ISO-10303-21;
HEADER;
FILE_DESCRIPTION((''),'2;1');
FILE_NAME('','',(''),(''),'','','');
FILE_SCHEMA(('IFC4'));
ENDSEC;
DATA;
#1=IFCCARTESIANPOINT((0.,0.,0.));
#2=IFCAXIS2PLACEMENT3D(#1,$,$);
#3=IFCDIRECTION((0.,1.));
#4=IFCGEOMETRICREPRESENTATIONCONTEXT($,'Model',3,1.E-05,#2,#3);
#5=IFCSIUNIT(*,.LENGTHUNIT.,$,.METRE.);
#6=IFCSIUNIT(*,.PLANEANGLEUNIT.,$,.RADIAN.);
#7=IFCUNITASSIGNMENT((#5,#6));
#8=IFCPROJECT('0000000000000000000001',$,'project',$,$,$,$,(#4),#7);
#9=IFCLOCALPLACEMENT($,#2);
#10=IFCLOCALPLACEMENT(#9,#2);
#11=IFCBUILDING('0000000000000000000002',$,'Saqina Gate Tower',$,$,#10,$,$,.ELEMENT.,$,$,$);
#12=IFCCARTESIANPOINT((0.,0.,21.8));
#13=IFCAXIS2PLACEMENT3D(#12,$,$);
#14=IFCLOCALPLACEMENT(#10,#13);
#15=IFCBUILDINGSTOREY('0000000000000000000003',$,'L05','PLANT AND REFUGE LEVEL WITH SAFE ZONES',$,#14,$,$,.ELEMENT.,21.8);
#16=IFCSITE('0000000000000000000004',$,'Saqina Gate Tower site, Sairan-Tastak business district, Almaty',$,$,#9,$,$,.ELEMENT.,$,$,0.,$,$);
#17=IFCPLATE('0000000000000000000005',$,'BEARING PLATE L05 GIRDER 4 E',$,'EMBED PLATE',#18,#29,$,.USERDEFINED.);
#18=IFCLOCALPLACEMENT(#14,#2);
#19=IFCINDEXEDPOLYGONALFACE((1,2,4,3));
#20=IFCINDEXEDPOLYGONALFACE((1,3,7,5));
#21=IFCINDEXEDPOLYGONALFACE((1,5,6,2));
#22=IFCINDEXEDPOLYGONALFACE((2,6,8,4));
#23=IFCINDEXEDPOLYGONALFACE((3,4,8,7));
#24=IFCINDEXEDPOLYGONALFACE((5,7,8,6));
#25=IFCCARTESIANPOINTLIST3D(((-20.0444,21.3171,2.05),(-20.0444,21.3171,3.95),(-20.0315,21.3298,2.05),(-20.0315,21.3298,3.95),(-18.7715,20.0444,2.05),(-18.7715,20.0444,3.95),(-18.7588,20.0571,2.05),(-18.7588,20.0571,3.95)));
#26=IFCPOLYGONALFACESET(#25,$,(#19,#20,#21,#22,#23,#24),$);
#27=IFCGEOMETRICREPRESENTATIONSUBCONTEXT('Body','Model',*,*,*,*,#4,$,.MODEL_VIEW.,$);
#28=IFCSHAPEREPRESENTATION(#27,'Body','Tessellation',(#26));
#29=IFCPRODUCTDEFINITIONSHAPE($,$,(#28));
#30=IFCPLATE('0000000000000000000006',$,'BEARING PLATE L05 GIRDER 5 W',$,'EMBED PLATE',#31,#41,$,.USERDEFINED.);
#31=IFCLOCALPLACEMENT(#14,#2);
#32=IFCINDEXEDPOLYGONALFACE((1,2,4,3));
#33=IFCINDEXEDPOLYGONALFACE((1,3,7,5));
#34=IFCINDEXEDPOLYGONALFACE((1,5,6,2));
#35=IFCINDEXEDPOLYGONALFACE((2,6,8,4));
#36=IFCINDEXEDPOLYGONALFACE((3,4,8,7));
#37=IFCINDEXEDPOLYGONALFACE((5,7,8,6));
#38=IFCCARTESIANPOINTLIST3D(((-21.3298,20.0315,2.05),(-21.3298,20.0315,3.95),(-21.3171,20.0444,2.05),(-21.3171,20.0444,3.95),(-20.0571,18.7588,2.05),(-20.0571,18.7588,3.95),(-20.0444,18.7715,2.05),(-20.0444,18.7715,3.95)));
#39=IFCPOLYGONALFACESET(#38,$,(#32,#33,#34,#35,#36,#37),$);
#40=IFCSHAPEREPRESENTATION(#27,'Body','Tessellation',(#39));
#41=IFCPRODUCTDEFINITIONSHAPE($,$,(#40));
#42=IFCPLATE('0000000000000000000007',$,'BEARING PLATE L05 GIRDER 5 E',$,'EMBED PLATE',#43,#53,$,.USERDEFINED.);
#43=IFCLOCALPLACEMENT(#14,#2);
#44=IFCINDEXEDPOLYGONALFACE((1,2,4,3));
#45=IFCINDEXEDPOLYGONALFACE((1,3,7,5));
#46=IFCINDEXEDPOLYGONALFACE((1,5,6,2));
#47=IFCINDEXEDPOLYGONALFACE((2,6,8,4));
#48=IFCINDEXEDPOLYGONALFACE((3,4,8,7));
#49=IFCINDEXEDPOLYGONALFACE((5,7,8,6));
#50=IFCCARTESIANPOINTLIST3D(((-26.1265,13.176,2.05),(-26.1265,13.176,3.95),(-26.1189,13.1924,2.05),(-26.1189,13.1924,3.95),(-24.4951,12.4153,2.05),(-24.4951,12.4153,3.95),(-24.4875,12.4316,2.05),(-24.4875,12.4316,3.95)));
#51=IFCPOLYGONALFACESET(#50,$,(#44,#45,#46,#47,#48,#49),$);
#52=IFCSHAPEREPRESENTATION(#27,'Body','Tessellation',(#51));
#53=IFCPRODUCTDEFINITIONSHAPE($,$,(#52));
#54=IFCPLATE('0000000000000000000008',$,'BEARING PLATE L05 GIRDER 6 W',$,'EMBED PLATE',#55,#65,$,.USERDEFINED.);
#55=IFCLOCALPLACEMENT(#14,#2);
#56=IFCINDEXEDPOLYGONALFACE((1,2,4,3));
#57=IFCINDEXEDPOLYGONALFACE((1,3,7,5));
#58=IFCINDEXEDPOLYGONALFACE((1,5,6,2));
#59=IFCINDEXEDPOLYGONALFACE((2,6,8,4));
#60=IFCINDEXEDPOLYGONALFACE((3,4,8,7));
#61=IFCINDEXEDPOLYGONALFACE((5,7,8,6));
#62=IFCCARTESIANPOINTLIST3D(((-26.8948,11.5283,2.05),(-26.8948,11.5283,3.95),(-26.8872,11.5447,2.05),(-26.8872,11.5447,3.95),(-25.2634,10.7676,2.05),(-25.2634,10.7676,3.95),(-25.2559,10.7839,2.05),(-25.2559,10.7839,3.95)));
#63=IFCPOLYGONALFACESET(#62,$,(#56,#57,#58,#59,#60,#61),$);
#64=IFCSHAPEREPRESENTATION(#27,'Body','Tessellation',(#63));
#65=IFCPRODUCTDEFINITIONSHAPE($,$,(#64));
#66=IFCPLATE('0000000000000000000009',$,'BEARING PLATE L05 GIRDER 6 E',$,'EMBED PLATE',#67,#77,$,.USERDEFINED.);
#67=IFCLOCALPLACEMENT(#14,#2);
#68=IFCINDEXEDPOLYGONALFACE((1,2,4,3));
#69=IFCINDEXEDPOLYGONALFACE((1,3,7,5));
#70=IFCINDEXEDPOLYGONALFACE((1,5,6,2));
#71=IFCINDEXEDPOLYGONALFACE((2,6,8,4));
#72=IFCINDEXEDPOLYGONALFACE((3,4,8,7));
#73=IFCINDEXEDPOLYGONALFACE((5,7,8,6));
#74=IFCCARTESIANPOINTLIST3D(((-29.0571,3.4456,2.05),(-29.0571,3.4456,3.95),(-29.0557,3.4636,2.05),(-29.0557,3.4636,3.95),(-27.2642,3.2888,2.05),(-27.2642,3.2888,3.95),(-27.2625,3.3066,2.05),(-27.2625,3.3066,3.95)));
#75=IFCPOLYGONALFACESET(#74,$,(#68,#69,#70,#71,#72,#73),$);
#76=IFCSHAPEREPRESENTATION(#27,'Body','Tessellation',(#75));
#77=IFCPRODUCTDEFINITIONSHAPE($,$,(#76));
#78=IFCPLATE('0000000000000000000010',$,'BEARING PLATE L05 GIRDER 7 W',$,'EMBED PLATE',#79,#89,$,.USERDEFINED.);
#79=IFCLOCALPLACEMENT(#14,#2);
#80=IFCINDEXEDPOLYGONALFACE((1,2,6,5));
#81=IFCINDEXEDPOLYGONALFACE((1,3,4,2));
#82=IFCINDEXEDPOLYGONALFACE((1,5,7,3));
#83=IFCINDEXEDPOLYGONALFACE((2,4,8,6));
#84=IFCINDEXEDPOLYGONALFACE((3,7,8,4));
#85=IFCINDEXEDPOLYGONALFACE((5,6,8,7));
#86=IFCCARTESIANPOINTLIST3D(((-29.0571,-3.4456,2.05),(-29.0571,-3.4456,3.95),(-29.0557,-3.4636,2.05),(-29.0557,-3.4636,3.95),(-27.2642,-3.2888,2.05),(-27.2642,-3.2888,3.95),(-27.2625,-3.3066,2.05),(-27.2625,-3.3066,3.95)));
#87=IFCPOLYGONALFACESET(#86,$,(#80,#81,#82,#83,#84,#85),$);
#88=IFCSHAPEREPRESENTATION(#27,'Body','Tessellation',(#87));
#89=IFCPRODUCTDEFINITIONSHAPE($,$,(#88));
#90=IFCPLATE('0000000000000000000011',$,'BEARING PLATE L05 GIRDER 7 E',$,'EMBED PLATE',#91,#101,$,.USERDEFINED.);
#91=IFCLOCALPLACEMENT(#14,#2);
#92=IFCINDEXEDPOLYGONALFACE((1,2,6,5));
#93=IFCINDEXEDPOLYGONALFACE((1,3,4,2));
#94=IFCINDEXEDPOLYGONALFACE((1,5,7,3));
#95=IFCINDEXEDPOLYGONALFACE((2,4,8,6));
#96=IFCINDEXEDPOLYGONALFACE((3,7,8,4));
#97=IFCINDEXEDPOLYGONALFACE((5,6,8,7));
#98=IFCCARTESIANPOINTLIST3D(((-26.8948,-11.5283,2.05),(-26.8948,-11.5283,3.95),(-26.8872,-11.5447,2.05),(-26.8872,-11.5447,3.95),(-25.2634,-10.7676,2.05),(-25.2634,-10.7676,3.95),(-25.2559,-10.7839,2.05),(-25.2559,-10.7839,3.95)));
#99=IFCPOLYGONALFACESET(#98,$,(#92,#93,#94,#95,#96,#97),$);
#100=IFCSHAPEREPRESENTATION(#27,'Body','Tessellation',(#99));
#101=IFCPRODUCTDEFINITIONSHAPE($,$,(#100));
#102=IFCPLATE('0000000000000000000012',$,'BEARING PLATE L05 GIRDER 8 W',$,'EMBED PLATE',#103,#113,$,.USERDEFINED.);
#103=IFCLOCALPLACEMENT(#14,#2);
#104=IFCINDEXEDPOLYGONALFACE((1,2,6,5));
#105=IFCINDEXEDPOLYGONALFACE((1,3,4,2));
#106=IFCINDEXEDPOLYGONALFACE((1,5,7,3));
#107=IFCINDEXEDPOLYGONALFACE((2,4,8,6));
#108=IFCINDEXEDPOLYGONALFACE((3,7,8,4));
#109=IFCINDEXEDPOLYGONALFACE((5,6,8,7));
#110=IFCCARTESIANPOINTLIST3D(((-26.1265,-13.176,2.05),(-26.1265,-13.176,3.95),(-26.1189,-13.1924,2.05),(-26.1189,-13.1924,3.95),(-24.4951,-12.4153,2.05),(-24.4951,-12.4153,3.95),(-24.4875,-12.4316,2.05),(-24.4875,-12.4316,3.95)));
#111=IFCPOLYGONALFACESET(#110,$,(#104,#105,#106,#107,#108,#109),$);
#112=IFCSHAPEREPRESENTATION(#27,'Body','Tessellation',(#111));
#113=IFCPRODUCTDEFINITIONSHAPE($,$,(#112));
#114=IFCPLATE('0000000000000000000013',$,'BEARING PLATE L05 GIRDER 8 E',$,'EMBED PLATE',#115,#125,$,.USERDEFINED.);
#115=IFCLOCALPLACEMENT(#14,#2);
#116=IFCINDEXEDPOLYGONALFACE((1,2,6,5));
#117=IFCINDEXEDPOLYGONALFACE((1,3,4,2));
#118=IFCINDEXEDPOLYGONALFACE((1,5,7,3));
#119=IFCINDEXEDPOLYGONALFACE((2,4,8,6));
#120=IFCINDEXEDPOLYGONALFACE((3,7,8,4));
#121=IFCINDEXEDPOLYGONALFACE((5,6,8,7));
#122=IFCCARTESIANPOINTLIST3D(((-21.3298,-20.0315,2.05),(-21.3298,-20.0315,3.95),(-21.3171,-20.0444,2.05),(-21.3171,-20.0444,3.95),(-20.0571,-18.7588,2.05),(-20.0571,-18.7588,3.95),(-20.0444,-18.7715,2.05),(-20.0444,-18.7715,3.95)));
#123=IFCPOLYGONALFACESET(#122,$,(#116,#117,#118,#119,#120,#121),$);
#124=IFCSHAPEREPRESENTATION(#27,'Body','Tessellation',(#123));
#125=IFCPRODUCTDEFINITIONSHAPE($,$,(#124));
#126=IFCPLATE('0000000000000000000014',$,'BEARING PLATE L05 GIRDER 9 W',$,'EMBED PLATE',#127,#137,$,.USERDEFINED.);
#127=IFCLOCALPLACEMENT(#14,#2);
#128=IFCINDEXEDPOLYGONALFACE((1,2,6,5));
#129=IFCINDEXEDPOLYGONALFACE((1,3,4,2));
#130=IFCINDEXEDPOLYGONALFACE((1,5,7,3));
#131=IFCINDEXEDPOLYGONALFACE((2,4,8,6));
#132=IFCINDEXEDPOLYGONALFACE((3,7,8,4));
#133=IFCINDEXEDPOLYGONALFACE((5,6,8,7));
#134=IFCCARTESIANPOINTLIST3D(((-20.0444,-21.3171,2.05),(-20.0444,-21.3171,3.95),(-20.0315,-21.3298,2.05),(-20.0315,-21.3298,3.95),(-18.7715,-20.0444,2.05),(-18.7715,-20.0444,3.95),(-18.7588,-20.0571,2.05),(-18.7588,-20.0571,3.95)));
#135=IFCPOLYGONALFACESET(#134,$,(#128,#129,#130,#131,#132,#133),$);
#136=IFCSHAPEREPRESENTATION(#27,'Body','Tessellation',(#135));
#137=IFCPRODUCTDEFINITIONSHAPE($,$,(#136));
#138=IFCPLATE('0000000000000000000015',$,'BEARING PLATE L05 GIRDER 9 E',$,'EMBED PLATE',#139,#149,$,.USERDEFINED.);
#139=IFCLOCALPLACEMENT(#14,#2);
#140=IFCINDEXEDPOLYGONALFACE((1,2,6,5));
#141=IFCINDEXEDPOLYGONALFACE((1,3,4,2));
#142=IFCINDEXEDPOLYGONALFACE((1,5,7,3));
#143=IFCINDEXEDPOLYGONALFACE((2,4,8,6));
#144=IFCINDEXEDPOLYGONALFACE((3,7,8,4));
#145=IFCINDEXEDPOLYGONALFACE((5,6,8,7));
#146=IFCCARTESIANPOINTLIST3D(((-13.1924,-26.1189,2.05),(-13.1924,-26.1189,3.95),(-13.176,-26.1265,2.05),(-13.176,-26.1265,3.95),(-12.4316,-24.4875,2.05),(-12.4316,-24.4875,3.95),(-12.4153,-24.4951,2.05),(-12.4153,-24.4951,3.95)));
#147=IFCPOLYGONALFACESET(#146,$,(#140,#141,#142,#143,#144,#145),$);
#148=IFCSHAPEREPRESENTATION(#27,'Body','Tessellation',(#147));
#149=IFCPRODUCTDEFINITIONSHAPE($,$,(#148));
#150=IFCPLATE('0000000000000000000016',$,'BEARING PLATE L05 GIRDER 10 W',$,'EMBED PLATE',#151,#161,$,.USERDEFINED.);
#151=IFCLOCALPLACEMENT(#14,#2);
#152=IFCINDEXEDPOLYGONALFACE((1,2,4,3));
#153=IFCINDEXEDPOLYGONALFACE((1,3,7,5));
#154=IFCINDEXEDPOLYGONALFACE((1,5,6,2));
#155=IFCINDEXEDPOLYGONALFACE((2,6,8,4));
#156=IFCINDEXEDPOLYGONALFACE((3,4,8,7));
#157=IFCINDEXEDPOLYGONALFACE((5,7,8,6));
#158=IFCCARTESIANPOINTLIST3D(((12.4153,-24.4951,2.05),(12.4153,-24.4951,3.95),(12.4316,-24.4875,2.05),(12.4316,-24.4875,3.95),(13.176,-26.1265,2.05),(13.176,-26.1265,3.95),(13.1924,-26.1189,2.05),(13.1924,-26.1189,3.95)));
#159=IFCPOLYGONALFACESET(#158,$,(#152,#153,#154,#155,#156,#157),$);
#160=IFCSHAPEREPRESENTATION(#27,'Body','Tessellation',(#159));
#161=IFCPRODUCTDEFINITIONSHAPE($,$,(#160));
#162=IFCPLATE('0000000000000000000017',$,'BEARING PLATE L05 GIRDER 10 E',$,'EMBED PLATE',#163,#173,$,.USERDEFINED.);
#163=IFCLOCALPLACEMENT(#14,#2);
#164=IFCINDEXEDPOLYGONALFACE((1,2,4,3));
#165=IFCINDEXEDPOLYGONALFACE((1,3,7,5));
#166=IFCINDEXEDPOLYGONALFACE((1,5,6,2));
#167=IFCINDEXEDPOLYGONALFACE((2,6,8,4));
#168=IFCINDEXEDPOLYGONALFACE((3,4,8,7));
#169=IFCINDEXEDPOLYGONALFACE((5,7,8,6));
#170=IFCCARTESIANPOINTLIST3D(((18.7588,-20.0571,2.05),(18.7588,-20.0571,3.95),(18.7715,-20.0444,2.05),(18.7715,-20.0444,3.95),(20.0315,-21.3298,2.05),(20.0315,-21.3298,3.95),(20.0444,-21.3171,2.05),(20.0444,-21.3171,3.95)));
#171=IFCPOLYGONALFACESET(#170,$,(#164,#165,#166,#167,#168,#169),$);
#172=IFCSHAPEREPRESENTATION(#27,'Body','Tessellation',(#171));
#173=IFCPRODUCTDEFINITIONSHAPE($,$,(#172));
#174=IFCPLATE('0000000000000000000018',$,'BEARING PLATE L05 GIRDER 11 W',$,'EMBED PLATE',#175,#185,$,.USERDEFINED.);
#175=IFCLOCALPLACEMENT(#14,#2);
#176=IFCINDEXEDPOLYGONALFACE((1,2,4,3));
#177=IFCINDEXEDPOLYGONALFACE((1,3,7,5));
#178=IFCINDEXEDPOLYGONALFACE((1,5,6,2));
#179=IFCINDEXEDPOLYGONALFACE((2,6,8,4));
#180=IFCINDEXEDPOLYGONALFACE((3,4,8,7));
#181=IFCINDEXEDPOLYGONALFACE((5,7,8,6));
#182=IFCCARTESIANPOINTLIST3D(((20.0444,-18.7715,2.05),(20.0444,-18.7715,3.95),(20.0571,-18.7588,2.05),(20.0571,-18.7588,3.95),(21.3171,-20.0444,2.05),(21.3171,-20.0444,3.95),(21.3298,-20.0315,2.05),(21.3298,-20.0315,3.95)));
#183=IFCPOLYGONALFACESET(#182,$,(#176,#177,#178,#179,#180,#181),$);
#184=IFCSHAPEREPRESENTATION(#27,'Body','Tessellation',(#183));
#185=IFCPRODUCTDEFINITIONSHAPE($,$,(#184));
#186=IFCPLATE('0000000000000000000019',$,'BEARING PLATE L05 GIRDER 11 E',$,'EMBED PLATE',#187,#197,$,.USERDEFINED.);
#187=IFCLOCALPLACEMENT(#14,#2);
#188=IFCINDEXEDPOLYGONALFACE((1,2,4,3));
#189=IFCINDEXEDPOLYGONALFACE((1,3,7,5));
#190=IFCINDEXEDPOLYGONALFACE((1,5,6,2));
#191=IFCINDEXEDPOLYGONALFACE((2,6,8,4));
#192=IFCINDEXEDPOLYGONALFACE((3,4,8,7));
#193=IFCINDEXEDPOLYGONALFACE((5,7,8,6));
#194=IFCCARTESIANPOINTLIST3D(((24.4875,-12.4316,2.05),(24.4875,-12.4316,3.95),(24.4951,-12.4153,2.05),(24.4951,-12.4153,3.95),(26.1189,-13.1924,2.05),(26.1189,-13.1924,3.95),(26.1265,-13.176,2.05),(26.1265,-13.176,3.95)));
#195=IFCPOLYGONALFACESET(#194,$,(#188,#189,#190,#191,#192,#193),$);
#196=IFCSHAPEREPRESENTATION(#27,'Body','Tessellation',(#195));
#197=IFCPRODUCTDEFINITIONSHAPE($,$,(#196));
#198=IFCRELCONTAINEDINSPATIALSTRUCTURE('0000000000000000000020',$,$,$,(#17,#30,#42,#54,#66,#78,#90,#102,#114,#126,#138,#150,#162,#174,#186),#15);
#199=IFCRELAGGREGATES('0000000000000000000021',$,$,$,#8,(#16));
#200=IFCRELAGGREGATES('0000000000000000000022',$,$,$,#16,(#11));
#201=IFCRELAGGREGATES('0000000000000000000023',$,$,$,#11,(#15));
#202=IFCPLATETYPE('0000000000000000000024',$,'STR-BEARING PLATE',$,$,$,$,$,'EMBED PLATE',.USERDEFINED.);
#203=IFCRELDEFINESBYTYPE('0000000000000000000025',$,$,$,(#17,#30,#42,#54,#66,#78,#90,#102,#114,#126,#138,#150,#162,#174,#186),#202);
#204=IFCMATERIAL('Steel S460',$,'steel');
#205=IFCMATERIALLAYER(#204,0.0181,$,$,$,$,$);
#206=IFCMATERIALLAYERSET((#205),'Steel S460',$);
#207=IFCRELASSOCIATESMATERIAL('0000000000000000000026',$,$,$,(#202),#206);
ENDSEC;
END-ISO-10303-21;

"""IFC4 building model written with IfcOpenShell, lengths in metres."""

from ifc_helpers import new_model, si_unit, direction, frame, origin, place, context, subcontext, project, spatial, polyline, outline, extrude, material, layer, layer_set, type_object, element, save


model = new_model("IFC4")

# Units and contexts
model_context = context("Model", 3, precision=1e-05, world=origin(), true_north=direction((0.0, 1.0)))
body_context = subcontext(model_context, "Body", "Model", "MODEL_VIEW")
ifc_project = project(units=[si_unit("LENGTHUNIT", "METRE"), si_unit("PLANEANGLEUNIT", "RADIAN")], contexts=[model_context])

# Site, building, storey
site_placement = place(None, origin())
site = spatial("IfcSite", under=ifc_project, at=site_placement, Name="Saqina Gate Tower site, Sairan-Tastak business district, Almaty", CompositionType="ELEMENT", RefElevation=0.0)
building_placement = place(site_placement, origin())
building = spatial("IfcBuilding", under=site, at=building_placement, Name="Saqina Gate Tower", CompositionType="ELEMENT")
storey_placement = place(building_placement, frame((0.0, 0.0, 21.8)))
storey = spatial("IfcBuildingStorey", under=building, at=storey_placement, Name="L05", Description="PLANT AND REFUGE LEVEL WITH SAFE ZONES", CompositionType="ELEMENT", Elevation=21.8)

# Plates
ifc_material_1 = material(Name="Steel S460", Category="steel")
ifc_layer_1 = layer(ifc_material_1, 0.0181)
ifc_layer_set_1 = layer_set([ifc_layer_1], Name="Steel S460")
plate_type = type_object("IfcPlateType", Name="STR-BEARING PLATE", ElementType="EMBED PLATE", PredefinedType="USERDEFINED", material=ifc_layer_set_1)
plate_1_placement = place(storey_placement, frame((0.0, 0.0, 2.05)))
element("IfcPlate", 1, at=plate_1_placement, inside=storey, type_object=plate_type, Name="BEARING PLATE L05 GIRDER 4 E", ObjectType="EMBED PLATE", PredefinedType="USERDEFINED", context=body_context, shape_type="SweptSolid", body=[
    extrude(outline(polyline([(-18.7588, 20.0571), (-20.0315, 21.3298), (-20.0444, 21.3171), (-18.7715, 20.0444), (-18.7588, 20.0571)])), origin(), (0.0, 0.0, 1.0), 1.8999),
])
plate_2_placement = place(storey_placement, frame((0.0, 0.0, 2.05)))
element("IfcPlate", 2, at=plate_2_placement, inside=storey, type_object=plate_type, Name="BEARING PLATE L05 GIRDER 5 W", ObjectType="EMBED PLATE", PredefinedType="USERDEFINED", context=body_context, shape_type="SweptSolid", body=[
    extrude(outline(polyline([(-21.3298, 20.0315), (-20.0571, 18.7588), (-20.0444, 18.7715), (-21.3171, 20.0444), (-21.3298, 20.0315)])), origin(), (0.0, 0.0, 1.0), 1.8999),
])
plate_3_placement = place(storey_placement, frame((0.0, 0.0, 2.05)))
element("IfcPlate", 3, at=plate_3_placement, inside=storey, type_object=plate_type, Name="BEARING PLATE L05 GIRDER 5 E", ObjectType="EMBED PLATE", PredefinedType="USERDEFINED", context=body_context, shape_type="SweptSolid", body=[
    extrude(outline(polyline([(-24.4875, 12.4316), (-26.1189, 13.1924), (-26.1265, 13.176), (-24.4951, 12.4153), (-24.4875, 12.4316)])), origin(), (0.0, 0.0, 1.0), 1.8999),
])
plate_4_placement = place(storey_placement, frame((0.0, 0.0, 2.05)))
element("IfcPlate", 4, at=plate_4_placement, inside=storey, type_object=plate_type, Name="BEARING PLATE L05 GIRDER 6 W", ObjectType="EMBED PLATE", PredefinedType="USERDEFINED", context=body_context, shape_type="SweptSolid", body=[
    extrude(outline(polyline([(-26.8948, 11.5283), (-25.2634, 10.7676), (-25.2559, 10.7839), (-26.8872, 11.5447), (-26.8948, 11.5283)])), origin(), (0.0, 0.0, 1.0), 1.8999),
])
plate_5_placement = place(storey_placement, frame((0.0, 0.0, 2.05)))
element("IfcPlate", 5, at=plate_5_placement, inside=storey, type_object=plate_type, Name="BEARING PLATE L05 GIRDER 6 E", ObjectType="EMBED PLATE", PredefinedType="USERDEFINED", context=body_context, shape_type="SweptSolid", body=[
    extrude(outline(polyline([(-27.2625, 3.3066), (-29.0557, 3.4636), (-29.0571, 3.4456), (-27.2642, 3.2888), (-27.2625, 3.3066)])), origin(), (0.0, 0.0, 1.0), 1.8999),
])
plate_6_placement = place(storey_placement, frame((0.0, 0.0, 2.05)))
element("IfcPlate", 6, at=plate_6_placement, inside=storey, type_object=plate_type, Name="BEARING PLATE L05 GIRDER 7 W", ObjectType="EMBED PLATE", PredefinedType="USERDEFINED", context=body_context, shape_type="SweptSolid", body=[
    extrude(outline(polyline([(-29.0557, -3.4636), (-27.2625, -3.3066), (-27.2642, -3.2888), (-29.0571, -3.4456), (-29.0557, -3.4636)])), origin(), (0.0, 0.0, 1.0), 1.8999),
])
plate_7_placement = place(storey_placement, frame((0.0, 0.0, 2.05)))
element("IfcPlate", 7, at=plate_7_placement, inside=storey, type_object=plate_type, Name="BEARING PLATE L05 GIRDER 7 E", ObjectType="EMBED PLATE", PredefinedType="USERDEFINED", context=body_context, shape_type="SweptSolid", body=[
    extrude(outline(polyline([(-25.2634, -10.7676), (-26.8948, -11.5283), (-26.8872, -11.5447), (-25.2559, -10.7839), (-25.2634, -10.7676)])), origin(), (0.0, 0.0, 1.0), 1.8999),
])
plate_8_placement = place(storey_placement, frame((0.0, 0.0, 2.05)))
element("IfcPlate", 8, at=plate_8_placement, inside=storey, type_object=plate_type, Name="BEARING PLATE L05 GIRDER 8 W", ObjectType="EMBED PLATE", PredefinedType="USERDEFINED", context=body_context, shape_type="SweptSolid", body=[
    extrude(outline(polyline([(-26.1189, -13.1924), (-24.4875, -12.4316), (-24.4951, -12.4153), (-26.1265, -13.176), (-26.1189, -13.1924)])), origin(), (0.0, 0.0, 1.0), 1.8999),
])
plate_9_placement = place(storey_placement, frame((0.0, 0.0, 2.05)))
element("IfcPlate", 9, at=plate_9_placement, inside=storey, type_object=plate_type, Name="BEARING PLATE L05 GIRDER 8 E", ObjectType="EMBED PLATE", PredefinedType="USERDEFINED", context=body_context, shape_type="SweptSolid", body=[
    extrude(outline(polyline([(-20.0571, -18.7588), (-21.3298, -20.0315), (-21.3171, -20.0444), (-20.0444, -18.7715), (-20.0571, -18.7588)])), origin(), (0.0, 0.0, 1.0), 1.8999),
])
plate_10_placement = place(storey_placement, frame((0.0, 0.0, 2.05)))
element("IfcPlate", 10, at=plate_10_placement, inside=storey, type_object=plate_type, Name="BEARING PLATE L05 GIRDER 9 W", ObjectType="EMBED PLATE", PredefinedType="USERDEFINED", context=body_context, shape_type="SweptSolid", body=[
    extrude(outline(polyline([(-20.0315, -21.3298), (-18.7588, -20.0571), (-18.7715, -20.0444), (-20.0444, -21.3171), (-20.0315, -21.3298)])), origin(), (0.0, 0.0, 1.0), 1.8999),
])
plate_11_placement = place(storey_placement, frame((0.0, 0.0, 2.05)))
element("IfcPlate", 11, at=plate_11_placement, inside=storey, type_object=plate_type, Name="BEARING PLATE L05 GIRDER 9 E", ObjectType="EMBED PLATE", PredefinedType="USERDEFINED", context=body_context, shape_type="SweptSolid", body=[
    extrude(outline(polyline([(-12.4316, -24.4875), (-13.1924, -26.1189), (-13.176, -26.1265), (-12.4153, -24.4951), (-12.4316, -24.4875)])), origin(), (0.0, 0.0, 1.0), 1.8999),
])
plate_12_placement = place(storey_placement, frame((0.0, 0.0, 2.05)))
element("IfcPlate", 12, at=plate_12_placement, inside=storey, type_object=plate_type, Name="BEARING PLATE L05 GIRDER 10 W", ObjectType="EMBED PLATE", PredefinedType="USERDEFINED", context=body_context, shape_type="SweptSolid", body=[
    extrude(outline(polyline([(13.1924, -26.1189), (12.4316, -24.4875), (12.4153, -24.4951), (13.176, -26.1265), (13.1924, -26.1189)])), origin(), (0.0, 0.0, 1.0), 1.8999),
])
plate_13_placement = place(storey_placement, frame((0.0, 0.0, 2.05)))
element("IfcPlate", 13, at=plate_13_placement, inside=storey, type_object=plate_type, Name="BEARING PLATE L05 GIRDER 10 E", ObjectType="EMBED PLATE", PredefinedType="USERDEFINED", context=body_context, shape_type="SweptSolid", body=[
    extrude(outline(polyline([(18.7588, -20.0571), (20.0315, -21.3298), (20.0444, -21.3171), (18.7715, -20.0444), (18.7588, -20.0571)])), origin(), (0.0, 0.0, 1.0), 1.8999),
])
plate_14_placement = place(storey_placement, frame((0.0, 0.0, 2.05)))
element("IfcPlate", 14, at=plate_14_placement, inside=storey, type_object=plate_type, Name="BEARING PLATE L05 GIRDER 11 W", ObjectType="EMBED PLATE", PredefinedType="USERDEFINED", context=body_context, shape_type="SweptSolid", body=[
    extrude(outline(polyline([(21.3298, -20.0315), (20.0571, -18.7588), (20.0444, -18.7715), (21.3171, -20.0444), (21.3298, -20.0315)])), origin(), (0.0, 0.0, 1.0), 1.8999),
])
plate_15_placement = place(storey_placement, frame((0.0, 0.0, 2.05)))
element("IfcPlate", 15, at=plate_15_placement, inside=storey, type_object=plate_type, Name="BEARING PLATE L05 GIRDER 11 E", ObjectType="EMBED PLATE", PredefinedType="USERDEFINED", context=body_context, shape_type="SweptSolid", body=[
    extrude(outline(polyline([(24.4875, -12.4316), (26.1189, -13.1924), (26.1265, -13.176), (24.4951, -12.4153), (24.4875, -12.4316)])), origin(), (0.0, 0.0, 1.0), 1.8999),
])

save(model, "model.ifc")
